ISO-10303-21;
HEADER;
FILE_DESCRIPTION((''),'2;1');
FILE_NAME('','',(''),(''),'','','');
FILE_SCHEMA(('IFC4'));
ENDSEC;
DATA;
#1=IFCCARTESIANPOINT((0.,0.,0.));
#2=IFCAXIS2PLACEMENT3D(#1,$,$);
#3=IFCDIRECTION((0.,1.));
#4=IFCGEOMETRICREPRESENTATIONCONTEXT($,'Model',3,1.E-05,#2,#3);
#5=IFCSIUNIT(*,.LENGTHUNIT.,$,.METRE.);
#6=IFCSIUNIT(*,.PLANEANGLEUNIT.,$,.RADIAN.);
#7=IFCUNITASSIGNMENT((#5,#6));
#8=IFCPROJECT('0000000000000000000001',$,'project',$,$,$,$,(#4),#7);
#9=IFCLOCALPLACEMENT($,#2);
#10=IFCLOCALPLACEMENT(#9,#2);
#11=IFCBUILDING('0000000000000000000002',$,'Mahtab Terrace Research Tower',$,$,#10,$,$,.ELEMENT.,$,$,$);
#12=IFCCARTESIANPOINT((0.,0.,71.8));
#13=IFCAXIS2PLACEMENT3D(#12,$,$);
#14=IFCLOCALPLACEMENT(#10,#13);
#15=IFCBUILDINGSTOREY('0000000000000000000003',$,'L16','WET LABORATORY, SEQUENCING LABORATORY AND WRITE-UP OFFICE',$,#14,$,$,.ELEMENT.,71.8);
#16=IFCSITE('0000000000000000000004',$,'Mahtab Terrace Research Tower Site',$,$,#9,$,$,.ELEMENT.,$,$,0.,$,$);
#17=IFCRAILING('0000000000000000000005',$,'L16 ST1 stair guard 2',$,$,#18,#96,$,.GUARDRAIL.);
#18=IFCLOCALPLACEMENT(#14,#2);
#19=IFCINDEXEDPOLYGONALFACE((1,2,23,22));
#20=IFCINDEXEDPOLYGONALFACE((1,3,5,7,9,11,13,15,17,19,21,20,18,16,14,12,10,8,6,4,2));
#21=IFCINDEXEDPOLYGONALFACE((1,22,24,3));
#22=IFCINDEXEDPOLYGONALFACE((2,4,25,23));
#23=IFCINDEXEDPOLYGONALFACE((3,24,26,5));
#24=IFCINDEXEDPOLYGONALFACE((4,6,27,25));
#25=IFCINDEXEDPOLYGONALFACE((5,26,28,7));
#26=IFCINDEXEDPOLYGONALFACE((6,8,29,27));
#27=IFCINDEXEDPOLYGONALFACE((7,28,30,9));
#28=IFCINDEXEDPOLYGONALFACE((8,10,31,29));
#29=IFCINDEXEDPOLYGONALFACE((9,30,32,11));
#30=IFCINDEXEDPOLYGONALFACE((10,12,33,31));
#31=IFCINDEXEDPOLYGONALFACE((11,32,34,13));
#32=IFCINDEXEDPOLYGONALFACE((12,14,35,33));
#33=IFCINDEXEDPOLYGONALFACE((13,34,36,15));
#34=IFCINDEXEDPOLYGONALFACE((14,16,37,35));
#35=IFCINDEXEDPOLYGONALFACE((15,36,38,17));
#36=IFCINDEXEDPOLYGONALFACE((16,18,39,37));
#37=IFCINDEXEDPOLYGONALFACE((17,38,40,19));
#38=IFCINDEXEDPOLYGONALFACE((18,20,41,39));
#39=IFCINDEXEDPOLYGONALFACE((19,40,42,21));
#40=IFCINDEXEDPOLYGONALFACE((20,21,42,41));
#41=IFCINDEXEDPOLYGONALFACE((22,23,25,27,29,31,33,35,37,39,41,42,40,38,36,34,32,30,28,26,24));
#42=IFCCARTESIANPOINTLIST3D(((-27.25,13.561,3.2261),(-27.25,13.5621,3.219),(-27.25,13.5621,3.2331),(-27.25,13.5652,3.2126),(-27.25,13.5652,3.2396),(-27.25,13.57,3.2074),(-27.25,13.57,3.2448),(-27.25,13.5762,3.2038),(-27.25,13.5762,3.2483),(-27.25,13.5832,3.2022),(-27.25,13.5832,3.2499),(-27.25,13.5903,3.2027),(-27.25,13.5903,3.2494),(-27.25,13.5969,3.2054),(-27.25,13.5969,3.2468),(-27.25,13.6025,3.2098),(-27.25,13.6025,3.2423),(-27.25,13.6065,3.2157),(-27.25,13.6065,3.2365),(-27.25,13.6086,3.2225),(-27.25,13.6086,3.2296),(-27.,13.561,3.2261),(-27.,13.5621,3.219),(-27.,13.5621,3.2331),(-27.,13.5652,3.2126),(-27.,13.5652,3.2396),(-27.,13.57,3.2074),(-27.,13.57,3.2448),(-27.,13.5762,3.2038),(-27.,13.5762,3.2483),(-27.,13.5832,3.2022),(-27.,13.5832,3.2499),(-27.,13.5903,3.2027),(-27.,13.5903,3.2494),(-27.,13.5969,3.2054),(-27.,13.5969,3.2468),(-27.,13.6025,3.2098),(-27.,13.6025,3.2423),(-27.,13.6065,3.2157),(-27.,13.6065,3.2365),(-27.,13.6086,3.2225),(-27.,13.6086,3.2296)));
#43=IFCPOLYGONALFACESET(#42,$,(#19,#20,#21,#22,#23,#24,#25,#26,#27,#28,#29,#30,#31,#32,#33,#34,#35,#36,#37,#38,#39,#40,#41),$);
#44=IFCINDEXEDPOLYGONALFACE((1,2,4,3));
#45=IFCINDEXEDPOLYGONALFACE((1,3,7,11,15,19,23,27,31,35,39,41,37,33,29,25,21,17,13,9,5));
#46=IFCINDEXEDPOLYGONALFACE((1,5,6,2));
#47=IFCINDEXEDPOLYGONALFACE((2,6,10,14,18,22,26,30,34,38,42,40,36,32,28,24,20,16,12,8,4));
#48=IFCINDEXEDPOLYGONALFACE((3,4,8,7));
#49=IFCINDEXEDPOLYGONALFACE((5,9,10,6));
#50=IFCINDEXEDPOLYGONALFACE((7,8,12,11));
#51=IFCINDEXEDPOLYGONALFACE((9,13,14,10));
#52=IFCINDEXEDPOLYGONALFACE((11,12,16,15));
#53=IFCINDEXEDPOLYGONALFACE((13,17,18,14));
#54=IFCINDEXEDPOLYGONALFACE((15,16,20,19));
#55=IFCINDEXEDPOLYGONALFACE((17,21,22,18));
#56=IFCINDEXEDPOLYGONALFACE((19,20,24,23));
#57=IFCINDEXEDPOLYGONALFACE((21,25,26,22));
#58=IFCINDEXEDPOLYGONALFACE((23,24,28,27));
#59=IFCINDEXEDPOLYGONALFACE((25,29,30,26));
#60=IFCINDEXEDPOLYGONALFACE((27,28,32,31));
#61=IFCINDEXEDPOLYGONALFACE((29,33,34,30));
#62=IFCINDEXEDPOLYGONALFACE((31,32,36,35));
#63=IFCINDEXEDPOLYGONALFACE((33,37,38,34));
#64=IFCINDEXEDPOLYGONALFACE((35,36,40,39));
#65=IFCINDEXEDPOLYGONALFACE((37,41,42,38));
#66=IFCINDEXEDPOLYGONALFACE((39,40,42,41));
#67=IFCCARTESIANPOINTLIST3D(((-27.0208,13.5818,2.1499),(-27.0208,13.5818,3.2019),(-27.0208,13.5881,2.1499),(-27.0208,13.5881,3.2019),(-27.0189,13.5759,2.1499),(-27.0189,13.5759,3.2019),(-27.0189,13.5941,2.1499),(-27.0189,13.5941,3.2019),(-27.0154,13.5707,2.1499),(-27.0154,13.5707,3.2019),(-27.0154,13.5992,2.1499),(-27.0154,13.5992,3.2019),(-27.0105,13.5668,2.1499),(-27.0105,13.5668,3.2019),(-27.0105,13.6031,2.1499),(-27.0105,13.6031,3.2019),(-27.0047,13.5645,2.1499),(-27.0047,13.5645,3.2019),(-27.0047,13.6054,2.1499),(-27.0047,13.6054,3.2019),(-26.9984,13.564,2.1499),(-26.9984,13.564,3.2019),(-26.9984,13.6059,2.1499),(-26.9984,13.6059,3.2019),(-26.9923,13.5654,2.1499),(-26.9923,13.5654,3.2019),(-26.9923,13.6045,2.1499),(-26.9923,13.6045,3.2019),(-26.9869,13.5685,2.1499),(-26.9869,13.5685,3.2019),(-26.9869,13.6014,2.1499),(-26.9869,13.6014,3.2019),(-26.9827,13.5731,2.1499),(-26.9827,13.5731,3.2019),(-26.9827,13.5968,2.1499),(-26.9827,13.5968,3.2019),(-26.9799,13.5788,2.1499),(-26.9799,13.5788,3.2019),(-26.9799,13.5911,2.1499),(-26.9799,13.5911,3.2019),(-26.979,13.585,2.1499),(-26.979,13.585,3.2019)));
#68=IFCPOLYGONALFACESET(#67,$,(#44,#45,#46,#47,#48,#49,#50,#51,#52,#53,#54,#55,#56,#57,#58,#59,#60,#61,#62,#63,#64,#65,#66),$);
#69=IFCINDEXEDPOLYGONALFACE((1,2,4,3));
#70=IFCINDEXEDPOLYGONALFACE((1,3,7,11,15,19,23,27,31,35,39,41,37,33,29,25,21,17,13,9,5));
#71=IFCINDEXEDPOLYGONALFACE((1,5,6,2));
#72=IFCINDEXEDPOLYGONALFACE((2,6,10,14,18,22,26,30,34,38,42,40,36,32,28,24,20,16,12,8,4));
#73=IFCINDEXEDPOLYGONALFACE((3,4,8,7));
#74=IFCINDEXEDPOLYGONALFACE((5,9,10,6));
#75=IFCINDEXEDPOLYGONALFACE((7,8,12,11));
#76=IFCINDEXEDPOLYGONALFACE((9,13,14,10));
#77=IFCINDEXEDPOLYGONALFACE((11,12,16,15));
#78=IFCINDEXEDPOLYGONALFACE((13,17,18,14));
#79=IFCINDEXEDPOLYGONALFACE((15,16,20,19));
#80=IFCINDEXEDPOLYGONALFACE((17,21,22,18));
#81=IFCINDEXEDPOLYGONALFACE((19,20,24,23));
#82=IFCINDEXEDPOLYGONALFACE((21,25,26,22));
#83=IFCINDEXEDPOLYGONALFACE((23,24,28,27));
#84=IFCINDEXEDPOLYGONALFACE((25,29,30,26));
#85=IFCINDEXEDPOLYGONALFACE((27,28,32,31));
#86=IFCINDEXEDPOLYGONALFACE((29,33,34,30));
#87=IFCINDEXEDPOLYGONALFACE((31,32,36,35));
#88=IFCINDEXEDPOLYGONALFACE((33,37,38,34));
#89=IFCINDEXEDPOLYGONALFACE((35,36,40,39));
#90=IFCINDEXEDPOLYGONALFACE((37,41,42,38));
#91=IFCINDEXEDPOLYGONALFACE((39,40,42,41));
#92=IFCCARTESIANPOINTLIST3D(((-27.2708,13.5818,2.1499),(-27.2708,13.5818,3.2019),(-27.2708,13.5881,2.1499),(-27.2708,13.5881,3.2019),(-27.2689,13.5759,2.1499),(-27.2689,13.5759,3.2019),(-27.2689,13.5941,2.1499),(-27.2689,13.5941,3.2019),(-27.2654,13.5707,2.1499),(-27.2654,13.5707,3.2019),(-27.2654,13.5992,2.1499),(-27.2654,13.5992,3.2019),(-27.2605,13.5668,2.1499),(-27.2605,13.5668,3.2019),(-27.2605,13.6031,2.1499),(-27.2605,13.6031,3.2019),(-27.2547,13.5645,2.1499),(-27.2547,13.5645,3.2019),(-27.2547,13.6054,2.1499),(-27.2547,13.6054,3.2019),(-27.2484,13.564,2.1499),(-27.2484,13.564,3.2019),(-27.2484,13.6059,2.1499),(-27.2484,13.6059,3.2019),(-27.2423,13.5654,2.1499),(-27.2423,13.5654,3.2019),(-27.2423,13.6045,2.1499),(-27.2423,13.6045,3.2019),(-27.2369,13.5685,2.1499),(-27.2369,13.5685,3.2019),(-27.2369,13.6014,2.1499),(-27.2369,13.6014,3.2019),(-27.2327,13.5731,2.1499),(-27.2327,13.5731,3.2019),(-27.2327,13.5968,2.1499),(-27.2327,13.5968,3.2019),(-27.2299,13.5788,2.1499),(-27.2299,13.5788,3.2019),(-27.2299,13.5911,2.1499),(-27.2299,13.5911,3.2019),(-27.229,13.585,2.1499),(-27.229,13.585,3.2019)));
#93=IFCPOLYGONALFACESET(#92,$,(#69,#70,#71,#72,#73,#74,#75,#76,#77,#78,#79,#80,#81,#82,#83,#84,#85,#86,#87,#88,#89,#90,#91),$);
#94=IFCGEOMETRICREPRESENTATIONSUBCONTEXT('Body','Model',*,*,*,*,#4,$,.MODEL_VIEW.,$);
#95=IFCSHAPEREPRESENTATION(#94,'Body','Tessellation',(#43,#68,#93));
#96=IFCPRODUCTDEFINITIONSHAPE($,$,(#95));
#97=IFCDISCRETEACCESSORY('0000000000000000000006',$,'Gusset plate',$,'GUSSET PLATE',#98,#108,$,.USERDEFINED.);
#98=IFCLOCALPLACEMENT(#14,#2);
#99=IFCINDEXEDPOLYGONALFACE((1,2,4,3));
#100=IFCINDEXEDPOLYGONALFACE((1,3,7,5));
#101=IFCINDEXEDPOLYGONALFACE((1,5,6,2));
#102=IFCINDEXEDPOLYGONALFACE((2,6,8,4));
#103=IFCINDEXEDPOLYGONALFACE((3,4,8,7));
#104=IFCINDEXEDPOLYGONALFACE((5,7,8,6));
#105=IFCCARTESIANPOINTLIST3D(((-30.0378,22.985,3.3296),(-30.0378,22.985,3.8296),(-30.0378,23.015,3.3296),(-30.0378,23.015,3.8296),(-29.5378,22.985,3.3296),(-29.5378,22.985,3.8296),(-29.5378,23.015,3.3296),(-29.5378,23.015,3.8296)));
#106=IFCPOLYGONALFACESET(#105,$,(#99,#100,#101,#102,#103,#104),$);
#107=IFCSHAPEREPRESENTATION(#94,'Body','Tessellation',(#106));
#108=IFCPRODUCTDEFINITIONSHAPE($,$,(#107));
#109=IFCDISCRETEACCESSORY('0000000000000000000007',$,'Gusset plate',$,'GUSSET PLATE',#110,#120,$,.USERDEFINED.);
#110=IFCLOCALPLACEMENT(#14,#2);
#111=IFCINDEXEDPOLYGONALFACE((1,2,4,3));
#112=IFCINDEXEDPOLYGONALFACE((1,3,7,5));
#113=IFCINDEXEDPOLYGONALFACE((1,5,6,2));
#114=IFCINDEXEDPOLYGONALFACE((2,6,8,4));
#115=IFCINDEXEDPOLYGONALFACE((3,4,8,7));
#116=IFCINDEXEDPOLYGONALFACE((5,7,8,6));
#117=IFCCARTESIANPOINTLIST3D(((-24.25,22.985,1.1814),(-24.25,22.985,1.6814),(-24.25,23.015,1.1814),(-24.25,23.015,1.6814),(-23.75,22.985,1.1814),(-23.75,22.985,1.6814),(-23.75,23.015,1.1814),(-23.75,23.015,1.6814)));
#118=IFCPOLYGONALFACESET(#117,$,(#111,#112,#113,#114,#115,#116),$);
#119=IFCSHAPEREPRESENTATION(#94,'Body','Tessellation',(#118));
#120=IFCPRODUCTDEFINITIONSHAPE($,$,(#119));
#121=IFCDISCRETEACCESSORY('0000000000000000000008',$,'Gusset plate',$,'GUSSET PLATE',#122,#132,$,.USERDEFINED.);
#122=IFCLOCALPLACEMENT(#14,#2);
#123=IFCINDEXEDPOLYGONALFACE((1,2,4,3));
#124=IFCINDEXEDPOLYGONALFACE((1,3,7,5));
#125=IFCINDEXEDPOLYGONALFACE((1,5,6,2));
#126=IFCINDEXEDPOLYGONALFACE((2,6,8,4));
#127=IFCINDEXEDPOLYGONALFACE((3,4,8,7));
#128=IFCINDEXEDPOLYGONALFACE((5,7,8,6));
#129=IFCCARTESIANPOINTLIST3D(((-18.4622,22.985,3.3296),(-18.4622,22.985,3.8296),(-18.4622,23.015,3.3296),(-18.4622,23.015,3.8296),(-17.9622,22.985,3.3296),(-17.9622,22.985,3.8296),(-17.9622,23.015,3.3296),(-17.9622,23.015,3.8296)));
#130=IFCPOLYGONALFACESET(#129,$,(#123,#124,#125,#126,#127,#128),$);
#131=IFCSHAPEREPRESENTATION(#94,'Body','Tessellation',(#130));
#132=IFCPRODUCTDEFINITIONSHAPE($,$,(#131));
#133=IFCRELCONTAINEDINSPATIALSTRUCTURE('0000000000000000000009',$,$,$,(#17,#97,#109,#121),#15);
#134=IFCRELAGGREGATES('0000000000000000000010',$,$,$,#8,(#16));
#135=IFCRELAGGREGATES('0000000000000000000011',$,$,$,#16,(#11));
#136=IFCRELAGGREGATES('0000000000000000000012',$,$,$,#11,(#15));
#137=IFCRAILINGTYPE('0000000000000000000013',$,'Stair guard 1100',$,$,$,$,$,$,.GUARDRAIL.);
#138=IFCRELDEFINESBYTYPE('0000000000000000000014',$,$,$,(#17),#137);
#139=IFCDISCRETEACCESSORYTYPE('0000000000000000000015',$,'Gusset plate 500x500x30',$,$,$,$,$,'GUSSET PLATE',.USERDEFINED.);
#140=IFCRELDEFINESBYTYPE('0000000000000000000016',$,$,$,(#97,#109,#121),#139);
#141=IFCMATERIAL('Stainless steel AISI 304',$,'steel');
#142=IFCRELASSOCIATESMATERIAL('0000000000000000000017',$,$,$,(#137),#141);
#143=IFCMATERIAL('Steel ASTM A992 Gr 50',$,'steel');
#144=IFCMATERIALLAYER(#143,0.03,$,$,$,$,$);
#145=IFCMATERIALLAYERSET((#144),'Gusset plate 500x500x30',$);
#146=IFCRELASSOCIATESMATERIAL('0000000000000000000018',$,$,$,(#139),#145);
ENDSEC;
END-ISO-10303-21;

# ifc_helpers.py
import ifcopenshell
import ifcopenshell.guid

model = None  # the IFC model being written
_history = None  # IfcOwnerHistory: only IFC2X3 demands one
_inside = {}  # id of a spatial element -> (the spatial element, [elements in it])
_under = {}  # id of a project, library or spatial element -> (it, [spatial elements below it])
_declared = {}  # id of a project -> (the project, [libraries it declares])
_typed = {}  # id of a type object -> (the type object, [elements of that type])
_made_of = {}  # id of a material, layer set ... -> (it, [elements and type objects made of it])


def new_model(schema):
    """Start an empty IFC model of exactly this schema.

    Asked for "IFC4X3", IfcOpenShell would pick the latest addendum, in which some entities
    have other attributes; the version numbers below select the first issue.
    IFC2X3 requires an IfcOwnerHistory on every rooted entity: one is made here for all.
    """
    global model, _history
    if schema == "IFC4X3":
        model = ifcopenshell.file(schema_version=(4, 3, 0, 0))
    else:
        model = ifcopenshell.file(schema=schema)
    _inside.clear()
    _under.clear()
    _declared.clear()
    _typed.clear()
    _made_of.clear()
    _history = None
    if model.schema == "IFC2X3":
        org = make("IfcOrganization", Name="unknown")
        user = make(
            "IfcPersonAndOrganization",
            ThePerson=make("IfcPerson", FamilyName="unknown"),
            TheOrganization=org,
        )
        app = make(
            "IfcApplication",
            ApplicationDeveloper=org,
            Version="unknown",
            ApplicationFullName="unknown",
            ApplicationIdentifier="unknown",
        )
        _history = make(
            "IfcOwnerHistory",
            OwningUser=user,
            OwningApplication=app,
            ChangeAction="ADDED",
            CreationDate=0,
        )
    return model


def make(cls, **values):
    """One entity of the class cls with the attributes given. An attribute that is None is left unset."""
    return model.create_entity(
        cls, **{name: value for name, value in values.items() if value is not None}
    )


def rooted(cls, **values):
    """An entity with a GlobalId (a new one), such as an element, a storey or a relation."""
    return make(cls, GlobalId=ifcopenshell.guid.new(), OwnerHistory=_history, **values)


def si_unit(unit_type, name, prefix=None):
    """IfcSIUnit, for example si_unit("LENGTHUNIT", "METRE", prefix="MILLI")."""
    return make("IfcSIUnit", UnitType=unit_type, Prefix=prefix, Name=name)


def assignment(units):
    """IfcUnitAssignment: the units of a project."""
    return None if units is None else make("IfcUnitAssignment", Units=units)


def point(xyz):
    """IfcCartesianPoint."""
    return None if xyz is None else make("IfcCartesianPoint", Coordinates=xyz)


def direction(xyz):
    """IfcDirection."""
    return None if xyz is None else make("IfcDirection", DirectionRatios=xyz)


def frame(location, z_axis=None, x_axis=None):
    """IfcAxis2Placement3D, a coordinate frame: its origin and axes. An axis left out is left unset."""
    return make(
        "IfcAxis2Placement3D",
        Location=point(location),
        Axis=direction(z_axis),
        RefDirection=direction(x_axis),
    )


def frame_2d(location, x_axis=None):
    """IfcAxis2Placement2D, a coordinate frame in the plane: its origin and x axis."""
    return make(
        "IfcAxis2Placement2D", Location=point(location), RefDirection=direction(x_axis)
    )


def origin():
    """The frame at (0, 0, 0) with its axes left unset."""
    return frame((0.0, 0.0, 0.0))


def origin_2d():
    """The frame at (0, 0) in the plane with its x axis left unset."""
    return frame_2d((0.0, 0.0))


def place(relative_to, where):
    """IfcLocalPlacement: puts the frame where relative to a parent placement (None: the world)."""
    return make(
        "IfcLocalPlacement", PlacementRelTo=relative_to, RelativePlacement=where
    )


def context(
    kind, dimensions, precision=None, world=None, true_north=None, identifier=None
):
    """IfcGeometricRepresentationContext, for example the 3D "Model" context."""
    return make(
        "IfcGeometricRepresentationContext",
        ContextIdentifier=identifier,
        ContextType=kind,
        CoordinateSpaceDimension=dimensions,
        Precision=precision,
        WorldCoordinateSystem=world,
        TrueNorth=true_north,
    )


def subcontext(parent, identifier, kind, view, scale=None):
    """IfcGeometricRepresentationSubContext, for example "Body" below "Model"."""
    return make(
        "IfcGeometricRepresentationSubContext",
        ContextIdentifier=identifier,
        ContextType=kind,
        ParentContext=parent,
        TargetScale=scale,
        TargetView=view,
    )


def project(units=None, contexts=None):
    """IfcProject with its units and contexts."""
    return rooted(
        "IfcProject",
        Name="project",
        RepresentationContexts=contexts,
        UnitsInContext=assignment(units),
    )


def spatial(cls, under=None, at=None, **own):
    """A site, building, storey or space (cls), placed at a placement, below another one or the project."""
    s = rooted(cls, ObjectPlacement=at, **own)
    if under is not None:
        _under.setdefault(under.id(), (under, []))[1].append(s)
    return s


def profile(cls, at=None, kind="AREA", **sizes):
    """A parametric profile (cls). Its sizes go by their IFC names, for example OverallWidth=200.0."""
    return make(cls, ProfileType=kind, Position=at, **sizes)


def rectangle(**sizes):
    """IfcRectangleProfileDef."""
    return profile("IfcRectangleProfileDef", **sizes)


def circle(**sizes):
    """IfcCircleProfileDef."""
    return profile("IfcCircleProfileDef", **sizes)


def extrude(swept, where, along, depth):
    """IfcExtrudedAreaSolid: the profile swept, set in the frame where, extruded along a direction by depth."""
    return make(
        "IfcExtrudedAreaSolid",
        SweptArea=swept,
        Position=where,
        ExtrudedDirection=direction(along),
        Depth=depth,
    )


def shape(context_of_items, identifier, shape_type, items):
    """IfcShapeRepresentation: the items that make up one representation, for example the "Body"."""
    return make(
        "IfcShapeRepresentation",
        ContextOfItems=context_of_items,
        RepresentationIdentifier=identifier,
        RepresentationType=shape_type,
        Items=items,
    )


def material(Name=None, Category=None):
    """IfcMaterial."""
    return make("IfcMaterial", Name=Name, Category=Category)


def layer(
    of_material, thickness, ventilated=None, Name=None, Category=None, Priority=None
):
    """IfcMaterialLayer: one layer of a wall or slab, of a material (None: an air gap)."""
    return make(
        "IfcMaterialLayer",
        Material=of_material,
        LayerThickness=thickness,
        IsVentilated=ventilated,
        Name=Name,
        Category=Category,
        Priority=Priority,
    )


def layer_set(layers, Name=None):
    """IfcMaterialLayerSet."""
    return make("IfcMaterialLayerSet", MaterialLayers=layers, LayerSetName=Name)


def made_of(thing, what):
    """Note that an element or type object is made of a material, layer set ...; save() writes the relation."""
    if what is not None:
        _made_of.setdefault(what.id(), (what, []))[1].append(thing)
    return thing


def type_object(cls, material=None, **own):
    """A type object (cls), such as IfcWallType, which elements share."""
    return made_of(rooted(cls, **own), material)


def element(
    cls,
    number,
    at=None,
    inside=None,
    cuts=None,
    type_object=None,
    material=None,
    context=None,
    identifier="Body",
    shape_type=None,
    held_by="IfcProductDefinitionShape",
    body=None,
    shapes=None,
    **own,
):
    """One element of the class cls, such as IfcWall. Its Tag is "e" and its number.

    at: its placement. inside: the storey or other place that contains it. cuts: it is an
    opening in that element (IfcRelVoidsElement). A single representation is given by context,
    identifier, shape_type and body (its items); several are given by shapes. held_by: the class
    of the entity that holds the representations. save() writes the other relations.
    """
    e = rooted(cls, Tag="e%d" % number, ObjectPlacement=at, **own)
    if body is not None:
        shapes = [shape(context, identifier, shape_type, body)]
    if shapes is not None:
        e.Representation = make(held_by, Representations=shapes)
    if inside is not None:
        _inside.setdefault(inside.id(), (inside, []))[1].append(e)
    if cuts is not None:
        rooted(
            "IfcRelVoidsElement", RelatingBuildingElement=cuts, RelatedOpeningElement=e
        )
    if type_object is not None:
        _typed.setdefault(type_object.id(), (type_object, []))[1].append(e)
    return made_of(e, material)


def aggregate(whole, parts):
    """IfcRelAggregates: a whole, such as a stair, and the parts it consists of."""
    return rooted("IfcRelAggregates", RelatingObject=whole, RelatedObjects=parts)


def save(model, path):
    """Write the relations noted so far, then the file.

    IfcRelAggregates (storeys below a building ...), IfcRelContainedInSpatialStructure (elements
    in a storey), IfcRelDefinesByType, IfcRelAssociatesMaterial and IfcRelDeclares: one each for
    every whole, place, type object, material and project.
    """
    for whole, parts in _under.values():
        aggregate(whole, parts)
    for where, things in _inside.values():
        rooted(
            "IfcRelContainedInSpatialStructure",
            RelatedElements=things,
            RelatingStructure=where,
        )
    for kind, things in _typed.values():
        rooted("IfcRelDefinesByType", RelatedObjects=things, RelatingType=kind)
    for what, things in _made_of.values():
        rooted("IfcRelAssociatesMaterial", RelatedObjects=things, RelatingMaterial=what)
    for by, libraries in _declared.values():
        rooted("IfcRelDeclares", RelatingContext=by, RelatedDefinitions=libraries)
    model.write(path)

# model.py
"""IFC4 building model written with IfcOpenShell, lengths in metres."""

from ifc_helpers import new_model, si_unit, direction, frame, origin, origin_2d, place, context, subcontext, project, spatial, rectangle, circle, extrude, material, layer, layer_set, type_object, element, save


model = new_model("IFC4")

# Units and contexts
model_context = context("Model", 3, precision=1e-05, world=origin(), true_north=direction((0.0, 1.0)))
body_context = subcontext(model_context, "Body", "Model", "MODEL_VIEW")
ifc_project = project(units=[si_unit("LENGTHUNIT", "METRE"), si_unit("PLANEANGLEUNIT", "RADIAN")], contexts=[model_context])

# Site, building, storey
site_placement = place(None, origin())
site = spatial("IfcSite", under=ifc_project, at=site_placement, Name="Mahtab Terrace Research Tower Site", CompositionType="ELEMENT", RefElevation=0.0)
building_placement = place(site_placement, origin())
building = spatial("IfcBuilding", under=site, at=building_placement, Name="Mahtab Terrace Research Tower", CompositionType="ELEMENT")
storey_placement = place(building_placement, frame((0.0, 0.0, 71.8)))
storey = spatial("IfcBuildingStorey", under=building, at=storey_placement, Name="L16", Description="WET LABORATORY, SEQUENCING LABORATORY AND WRITE-UP OFFICE", CompositionType="ELEMENT", Elevation=71.8)

# Shared definitions
ifc_material_1 = material(Name="Steel ASTM A992 Gr 50", Category="steel")

# Shared definitions
ifc_material_2 = material(Name="Stainless steel AISI 304", Category="steel")

# Railing
railing_type = type_object("IfcRailingType", Name="Stair guard 1100", PredefinedType="GUARDRAIL", material=ifc_material_2)
railing_placement = place(storey_placement, frame((-27.0, 13.585, 2.1499)))
element("IfcRailing", 1, at=railing_placement, inside=storey, type_object=railing_type, Name="L16 ST1 stair guard 2", PredefinedType="GUARDRAIL", context=body_context, shape_type="SweptSolid", body=[
    extrude(circle(Radius=0.0239, at=origin_2d()), frame((0.0, 0.0, 1.0762), z_axis=(-1.0, 0.0, 0.0), x_axis=(0.0, -1.0, 0.0)), (0.0, 0.0, 1.0), 0.25),
    extrude(circle(Radius=0.021, at=origin_2d()), origin(), (0.0, 0.0, 1.0), 1.052),
    extrude(circle(Radius=0.021, at=origin_2d()), frame((-0.25, 0.0, 0.0)), (0.0, 0.0, 1.0), 1.052),
])

# Discrete accessories
ifc_layer_1 = layer(ifc_material_1, 0.03)
ifc_layer_set_1 = layer_set([ifc_layer_1], Name="Gusset plate 500x500x30")
discrete_accessory_type = type_object("IfcDiscreteAccessoryType", Name="Gusset plate 500x500x30", ElementType="GUSSET PLATE", PredefinedType="USERDEFINED", material=ifc_layer_set_1)
for number, where, z_axis, x_axis, name in (
    (2, (-29.7878, 23.0, 3.3296), (0.0, 0.0, 1.0), (1.0, 0.0, 0.0), "Gusset plate"),
    (3, (-24.0, 23.0, 1.1814), (0.0, 0.0, 1.0), (1.0, 0.0, 0.0), "Gusset plate"),
    (4, (-18.2122, 23.0, 3.3296), (0.0, 0.0, 1.0), (1.0, 0.0, 0.0), "Gusset plate"),
):
    element("IfcDiscreteAccessory", number, at=place(storey_placement, frame(where, z_axis=z_axis, x_axis=x_axis)), inside=storey, type_object=discrete_accessory_type, Name=name, ObjectType="GUSSET PLATE", PredefinedType="USERDEFINED", context=body_context, shape_type="SweptSolid", body=[
        extrude(rectangle(XDim=0.5, YDim=0.03, at=origin_2d()), origin(), (0.0, 0.0, 1.0), 0.5),
    ])

save(model, "model.ifc")
